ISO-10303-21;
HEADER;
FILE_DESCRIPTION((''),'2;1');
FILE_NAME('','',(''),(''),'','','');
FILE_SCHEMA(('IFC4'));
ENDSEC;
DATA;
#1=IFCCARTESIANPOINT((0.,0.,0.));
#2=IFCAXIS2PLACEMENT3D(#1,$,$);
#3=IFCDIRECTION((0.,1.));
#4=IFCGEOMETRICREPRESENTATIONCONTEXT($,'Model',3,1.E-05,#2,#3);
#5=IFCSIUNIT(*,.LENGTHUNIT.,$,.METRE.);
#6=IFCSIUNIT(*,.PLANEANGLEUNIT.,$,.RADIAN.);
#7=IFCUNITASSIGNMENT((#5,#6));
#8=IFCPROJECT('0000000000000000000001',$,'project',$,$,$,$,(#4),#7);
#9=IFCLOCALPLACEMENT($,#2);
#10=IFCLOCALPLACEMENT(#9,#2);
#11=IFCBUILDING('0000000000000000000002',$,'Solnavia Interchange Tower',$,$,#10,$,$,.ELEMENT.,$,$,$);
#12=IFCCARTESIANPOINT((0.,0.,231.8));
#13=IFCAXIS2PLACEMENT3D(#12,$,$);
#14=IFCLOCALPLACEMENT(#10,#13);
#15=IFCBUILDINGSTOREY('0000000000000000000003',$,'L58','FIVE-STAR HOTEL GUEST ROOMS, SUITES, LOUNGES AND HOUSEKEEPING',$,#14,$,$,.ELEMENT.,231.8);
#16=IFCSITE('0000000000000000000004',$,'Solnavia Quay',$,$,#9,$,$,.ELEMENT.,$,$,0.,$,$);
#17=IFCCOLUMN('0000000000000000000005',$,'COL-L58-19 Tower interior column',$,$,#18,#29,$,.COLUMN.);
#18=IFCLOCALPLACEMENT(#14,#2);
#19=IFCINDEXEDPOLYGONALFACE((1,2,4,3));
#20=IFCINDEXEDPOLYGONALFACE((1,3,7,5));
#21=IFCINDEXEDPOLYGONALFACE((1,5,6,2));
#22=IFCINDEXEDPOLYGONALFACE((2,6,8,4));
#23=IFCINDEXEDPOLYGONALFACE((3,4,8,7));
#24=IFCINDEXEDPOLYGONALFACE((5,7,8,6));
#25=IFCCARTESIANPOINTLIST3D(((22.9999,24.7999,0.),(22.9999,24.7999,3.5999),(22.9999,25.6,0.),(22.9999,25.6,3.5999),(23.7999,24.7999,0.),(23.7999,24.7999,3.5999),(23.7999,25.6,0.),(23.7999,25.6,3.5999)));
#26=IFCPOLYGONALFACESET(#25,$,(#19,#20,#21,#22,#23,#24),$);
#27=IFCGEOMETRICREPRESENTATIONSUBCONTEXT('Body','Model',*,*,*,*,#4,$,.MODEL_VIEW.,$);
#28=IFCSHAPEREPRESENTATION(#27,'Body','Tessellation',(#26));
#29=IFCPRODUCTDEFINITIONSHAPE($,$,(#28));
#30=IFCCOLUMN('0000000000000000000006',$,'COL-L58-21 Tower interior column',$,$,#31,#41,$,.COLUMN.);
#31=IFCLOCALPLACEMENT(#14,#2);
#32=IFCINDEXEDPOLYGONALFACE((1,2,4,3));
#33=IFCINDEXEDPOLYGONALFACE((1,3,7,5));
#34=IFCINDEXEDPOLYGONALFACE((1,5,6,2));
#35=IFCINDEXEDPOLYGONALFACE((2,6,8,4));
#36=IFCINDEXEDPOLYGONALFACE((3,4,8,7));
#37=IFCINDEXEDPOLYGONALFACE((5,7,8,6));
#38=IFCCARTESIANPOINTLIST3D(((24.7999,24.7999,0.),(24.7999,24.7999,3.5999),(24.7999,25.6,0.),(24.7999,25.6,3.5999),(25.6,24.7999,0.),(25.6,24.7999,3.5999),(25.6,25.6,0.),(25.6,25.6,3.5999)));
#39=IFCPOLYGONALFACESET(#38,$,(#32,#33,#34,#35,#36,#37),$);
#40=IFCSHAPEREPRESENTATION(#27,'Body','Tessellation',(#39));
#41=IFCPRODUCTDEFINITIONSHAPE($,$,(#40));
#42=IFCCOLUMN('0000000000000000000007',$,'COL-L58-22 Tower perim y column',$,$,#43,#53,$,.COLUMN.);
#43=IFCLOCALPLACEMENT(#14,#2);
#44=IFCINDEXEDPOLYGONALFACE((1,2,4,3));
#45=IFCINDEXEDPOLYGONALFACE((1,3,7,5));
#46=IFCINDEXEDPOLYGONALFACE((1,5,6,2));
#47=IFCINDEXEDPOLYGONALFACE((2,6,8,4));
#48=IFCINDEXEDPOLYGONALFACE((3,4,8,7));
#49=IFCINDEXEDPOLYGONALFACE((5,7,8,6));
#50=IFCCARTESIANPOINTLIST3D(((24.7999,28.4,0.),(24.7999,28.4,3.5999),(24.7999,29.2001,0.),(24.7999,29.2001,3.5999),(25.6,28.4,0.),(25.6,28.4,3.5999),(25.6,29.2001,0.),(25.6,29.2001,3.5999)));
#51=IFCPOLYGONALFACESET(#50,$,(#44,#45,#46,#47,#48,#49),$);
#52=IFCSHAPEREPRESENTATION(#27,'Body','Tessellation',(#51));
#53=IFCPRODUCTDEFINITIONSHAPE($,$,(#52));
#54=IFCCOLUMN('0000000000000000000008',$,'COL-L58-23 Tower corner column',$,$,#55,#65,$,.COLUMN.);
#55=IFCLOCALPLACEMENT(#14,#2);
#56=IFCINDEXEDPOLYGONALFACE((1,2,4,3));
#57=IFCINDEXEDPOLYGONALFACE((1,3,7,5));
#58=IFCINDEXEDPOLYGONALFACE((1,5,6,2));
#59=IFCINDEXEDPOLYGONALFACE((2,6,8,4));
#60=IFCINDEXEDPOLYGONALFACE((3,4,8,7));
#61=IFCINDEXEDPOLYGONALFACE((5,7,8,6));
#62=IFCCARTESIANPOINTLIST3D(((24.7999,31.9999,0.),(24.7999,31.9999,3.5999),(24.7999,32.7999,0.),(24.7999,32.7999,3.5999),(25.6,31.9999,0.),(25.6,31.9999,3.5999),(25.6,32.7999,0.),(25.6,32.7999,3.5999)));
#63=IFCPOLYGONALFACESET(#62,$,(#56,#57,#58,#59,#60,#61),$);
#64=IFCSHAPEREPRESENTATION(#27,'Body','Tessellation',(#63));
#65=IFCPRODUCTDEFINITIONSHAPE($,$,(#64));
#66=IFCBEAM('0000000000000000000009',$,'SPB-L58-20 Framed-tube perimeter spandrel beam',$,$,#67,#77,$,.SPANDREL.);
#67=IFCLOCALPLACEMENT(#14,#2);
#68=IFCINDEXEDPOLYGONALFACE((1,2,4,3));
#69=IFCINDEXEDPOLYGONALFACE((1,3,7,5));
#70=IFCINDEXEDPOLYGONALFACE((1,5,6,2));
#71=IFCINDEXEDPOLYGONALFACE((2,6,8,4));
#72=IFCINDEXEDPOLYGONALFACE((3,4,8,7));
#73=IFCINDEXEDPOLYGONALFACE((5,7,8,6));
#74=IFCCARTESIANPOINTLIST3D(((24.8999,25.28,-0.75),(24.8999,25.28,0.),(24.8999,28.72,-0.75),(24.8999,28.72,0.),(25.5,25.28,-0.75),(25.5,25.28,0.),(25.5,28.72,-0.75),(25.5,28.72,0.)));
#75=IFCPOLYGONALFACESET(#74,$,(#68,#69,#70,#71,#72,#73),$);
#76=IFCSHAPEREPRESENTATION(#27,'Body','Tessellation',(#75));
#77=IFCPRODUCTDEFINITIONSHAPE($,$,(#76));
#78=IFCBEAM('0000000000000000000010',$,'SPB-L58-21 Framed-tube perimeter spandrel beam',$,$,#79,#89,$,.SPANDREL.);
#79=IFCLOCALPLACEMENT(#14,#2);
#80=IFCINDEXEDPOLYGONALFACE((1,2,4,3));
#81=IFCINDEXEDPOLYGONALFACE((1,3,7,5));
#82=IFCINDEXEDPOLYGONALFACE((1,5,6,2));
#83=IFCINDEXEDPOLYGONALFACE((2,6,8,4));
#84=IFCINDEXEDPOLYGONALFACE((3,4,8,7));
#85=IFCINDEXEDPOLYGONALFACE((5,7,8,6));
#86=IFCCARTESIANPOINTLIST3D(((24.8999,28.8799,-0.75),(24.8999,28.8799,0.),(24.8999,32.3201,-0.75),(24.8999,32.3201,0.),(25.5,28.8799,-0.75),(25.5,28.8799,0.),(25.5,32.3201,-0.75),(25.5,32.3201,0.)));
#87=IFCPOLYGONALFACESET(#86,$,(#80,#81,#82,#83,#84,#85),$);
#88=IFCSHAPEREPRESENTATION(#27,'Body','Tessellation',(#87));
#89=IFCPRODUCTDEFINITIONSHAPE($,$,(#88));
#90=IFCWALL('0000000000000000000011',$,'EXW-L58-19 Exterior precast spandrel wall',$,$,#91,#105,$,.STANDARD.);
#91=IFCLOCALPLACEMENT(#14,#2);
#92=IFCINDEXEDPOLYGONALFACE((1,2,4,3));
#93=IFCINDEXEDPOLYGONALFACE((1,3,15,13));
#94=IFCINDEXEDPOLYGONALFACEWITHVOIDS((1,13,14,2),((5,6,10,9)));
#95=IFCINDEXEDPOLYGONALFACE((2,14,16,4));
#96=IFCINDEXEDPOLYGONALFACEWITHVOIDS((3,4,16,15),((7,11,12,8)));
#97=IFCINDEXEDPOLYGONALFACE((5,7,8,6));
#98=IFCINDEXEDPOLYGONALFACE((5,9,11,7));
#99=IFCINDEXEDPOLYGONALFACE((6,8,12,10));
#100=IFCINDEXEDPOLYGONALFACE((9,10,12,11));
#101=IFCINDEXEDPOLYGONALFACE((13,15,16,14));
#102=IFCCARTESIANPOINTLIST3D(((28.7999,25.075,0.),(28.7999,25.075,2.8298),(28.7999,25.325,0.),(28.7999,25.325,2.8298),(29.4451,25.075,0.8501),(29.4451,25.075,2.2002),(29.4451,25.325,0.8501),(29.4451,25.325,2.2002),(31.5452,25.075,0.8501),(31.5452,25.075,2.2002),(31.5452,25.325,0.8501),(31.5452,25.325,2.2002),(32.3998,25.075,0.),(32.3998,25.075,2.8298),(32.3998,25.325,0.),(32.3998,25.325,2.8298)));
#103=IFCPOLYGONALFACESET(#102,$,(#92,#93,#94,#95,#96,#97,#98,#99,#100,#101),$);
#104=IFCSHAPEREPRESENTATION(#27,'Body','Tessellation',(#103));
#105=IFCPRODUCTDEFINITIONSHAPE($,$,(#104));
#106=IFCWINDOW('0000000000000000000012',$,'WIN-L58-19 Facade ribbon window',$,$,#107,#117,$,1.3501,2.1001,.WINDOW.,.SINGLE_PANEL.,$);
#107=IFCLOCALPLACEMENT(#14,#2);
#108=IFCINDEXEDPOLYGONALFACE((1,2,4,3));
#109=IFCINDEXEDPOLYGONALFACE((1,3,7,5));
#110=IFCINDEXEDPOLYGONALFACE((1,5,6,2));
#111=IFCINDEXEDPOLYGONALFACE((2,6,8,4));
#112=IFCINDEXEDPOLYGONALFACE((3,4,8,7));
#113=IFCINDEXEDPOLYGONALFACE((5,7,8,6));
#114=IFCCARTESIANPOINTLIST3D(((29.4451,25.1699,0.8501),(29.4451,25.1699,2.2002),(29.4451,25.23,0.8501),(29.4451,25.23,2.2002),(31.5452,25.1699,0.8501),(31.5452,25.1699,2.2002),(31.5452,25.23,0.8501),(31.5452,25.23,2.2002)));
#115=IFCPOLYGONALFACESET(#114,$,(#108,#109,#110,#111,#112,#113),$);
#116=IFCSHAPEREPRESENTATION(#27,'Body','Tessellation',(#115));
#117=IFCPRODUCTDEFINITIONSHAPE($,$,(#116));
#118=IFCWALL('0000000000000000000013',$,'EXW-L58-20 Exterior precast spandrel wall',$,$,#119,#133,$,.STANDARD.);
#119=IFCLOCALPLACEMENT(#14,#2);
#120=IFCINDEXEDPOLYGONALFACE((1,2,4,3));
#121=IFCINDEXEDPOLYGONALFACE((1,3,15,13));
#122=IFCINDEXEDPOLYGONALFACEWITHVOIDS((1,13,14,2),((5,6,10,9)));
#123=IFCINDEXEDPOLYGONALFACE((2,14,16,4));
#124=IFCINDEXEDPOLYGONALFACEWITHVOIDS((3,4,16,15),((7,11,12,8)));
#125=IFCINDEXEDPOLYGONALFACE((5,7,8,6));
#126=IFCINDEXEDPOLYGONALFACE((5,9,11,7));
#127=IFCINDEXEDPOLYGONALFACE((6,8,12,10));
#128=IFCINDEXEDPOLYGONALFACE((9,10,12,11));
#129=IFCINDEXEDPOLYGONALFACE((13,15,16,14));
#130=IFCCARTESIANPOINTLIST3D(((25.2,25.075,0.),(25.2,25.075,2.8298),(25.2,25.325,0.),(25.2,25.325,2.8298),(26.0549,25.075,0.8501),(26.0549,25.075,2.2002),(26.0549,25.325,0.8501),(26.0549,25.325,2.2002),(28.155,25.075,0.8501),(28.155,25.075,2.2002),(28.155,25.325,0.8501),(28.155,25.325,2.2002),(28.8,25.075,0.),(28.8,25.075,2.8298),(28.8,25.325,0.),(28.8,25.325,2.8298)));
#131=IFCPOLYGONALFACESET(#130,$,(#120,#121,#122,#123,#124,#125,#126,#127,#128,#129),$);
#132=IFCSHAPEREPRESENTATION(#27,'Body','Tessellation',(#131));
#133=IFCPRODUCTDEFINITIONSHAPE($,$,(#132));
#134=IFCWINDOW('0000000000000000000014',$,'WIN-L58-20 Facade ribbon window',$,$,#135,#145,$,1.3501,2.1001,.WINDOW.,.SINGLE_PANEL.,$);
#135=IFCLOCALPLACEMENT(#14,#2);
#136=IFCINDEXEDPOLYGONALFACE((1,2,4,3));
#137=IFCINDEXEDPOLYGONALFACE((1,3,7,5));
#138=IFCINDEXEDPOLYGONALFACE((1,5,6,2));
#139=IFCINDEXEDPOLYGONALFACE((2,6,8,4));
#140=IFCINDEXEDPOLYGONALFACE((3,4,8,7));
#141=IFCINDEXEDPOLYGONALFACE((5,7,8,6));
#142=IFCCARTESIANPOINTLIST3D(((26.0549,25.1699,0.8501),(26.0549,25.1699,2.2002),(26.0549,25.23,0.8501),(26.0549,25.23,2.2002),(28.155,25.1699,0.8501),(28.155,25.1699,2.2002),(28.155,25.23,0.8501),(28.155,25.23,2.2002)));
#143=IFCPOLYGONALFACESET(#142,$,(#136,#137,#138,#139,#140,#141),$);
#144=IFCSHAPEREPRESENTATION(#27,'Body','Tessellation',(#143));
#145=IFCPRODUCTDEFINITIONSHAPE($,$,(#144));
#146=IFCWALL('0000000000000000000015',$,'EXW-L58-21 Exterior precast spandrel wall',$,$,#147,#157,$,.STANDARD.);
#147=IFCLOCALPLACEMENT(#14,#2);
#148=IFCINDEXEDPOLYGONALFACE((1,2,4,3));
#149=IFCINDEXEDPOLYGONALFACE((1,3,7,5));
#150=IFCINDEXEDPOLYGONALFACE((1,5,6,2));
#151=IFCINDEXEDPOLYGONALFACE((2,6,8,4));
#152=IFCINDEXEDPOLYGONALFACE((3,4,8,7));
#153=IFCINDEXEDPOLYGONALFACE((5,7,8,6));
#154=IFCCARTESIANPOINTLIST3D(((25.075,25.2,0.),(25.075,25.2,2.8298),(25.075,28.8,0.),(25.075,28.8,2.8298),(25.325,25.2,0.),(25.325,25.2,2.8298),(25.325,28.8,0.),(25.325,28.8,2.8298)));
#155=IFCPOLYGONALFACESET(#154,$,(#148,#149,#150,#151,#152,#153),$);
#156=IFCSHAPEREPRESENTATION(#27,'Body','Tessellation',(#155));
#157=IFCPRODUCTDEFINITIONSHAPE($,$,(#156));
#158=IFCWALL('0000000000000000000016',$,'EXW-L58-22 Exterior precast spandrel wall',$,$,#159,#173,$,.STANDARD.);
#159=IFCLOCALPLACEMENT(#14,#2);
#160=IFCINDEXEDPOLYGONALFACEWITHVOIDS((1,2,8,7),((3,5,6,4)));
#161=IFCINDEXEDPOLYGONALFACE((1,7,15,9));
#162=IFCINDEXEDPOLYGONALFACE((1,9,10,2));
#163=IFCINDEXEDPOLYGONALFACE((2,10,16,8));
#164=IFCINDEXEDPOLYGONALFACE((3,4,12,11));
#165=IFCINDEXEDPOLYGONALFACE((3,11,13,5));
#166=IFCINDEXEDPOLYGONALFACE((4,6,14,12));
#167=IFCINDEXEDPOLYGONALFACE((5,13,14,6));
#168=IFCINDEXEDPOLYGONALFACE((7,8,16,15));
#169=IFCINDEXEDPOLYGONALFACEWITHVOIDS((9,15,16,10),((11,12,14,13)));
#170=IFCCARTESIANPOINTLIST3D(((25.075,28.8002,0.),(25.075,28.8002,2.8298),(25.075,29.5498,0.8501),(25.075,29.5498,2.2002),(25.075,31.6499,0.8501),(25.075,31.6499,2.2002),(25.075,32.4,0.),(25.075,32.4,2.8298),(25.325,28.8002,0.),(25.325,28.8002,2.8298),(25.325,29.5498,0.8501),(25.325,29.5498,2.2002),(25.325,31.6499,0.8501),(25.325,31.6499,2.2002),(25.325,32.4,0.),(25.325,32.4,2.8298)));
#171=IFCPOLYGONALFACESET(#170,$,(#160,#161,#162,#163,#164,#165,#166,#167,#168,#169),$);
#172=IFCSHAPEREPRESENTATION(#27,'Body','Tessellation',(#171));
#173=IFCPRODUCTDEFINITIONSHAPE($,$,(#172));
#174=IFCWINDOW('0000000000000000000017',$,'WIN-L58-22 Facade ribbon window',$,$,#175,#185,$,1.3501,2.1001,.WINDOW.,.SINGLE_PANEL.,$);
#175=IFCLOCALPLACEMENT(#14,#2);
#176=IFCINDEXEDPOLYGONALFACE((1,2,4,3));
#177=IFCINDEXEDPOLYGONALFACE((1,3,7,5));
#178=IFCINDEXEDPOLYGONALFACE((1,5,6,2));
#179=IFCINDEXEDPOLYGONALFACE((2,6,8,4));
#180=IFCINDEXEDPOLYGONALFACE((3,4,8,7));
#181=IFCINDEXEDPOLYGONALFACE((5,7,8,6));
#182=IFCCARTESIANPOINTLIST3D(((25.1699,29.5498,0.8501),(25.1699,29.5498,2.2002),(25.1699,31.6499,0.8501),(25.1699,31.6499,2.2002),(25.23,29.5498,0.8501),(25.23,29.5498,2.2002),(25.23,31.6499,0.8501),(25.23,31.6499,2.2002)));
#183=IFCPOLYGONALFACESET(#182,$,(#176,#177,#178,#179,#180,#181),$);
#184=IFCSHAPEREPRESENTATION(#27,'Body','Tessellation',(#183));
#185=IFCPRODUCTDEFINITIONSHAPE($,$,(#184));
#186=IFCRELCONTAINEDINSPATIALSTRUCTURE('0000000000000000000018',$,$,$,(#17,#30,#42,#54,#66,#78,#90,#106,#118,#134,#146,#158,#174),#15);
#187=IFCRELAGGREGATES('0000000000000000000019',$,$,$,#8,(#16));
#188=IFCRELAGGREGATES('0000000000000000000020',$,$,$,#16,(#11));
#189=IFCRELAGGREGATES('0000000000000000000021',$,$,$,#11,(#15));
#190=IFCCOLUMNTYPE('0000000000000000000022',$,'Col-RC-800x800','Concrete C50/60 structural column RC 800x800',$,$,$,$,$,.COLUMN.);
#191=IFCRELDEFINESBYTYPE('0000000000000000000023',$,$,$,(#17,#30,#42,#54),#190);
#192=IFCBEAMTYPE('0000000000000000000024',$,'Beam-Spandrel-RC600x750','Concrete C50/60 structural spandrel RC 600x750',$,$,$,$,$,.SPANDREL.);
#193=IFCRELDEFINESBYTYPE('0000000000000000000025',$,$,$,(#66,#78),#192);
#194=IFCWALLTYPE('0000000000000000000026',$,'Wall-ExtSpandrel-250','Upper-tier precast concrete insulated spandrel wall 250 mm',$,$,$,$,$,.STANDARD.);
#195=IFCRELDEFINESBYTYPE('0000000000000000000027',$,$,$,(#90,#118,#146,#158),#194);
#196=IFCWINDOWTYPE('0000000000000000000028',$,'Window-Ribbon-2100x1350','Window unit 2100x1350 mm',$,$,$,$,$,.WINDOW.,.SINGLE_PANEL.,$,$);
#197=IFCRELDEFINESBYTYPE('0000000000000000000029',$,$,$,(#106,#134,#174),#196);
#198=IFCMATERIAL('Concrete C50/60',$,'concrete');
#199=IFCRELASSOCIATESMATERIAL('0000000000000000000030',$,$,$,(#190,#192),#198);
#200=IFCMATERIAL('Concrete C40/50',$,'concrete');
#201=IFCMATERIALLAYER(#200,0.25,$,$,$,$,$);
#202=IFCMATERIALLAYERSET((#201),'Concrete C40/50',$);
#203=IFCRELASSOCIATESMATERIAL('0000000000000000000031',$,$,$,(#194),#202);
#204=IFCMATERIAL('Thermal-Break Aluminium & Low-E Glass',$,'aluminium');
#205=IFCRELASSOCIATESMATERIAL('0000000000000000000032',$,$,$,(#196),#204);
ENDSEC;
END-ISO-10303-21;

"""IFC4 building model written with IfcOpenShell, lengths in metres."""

from ifc_helpers import new_model, si_unit, direction, frame, frame_2d, origin, origin_2d, place, context, subcontext, project, spatial, rectangle, extrude, material, layer, layer_set, material_profile, profile_set, type_object, element, fill, save


model = new_model("IFC4")

# Units and contexts
model_context = context("Model", 3, precision=1e-05, world=origin(), true_north=direction((0.0, 1.0)))
body_context = subcontext(model_context, "Body", "Model", "MODEL_VIEW")
ifc_project = project(units=[si_unit("LENGTHUNIT", "METRE"), si_unit("PLANEANGLEUNIT", "RADIAN")], contexts=[model_context])

# Site, building, storey
site_placement = place(None, origin())
site = spatial("IfcSite", under=ifc_project, at=site_placement, Name="Solnavia Quay", CompositionType="ELEMENT", RefElevation=0.0)
building_placement = place(site_placement, origin())
building = spatial("IfcBuilding", under=site, at=building_placement, Name="Solnavia Interchange Tower", CompositionType="ELEMENT")
storey_placement = place(building_placement, frame((0.0, 0.0, 231.8)))
storey = spatial("IfcBuildingStorey", under=building, at=storey_placement, Name="L58", Description="FIVE-STAR HOTEL GUEST ROOMS, SUITES, LOUNGES AND HOUSEKEEPING", CompositionType="ELEMENT", Elevation=231.8)

# Columns
ifc_material_1 = material(Name="Concrete C50/60", Category="concrete")
ifc_material_profile_1 = material_profile(ifc_material_1, rectangle(XDim=0.8, YDim=0.8, at=origin_2d()), Name="RC 800x800")
ifc_profile_set_1 = profile_set([ifc_material_profile_1], Name="Concrete C50/60")
column_type = type_object("IfcColumnType", Name="Col-RC-800x800", Description="Concrete C50/60 structural column RC 800x800", PredefinedType="COLUMN", material=ifc_profile_set_1)
for number, where, z_axis, x_axis, name in (
    (1, (23.3999, 25.2, 0.0), (0.0, 0.0, 1.0), (1.0, 0.0, 0.0), "COL-L58-19 Tower interior column"),
    (2, (25.2, 25.2, 0.0), (0.0, 0.0, 1.0), (1.0, 0.0, 0.0), "COL-L58-21 Tower interior column"),
    (3, (25.2, 28.8, 0.0), (0.0, 0.0, 1.0), (0.0, 1.0, 0.0), "COL-L58-22 Tower perim y column"),
    (4, (25.2, 32.3999, 0.0), (0.0, 0.0, 1.0), (0.0, 1.0, 0.0), "COL-L58-23 Tower corner column"),
):
    element("IfcColumn", number, at=place(storey_placement, frame(where, z_axis=z_axis, x_axis=x_axis)), inside=storey, type_object=column_type, Name=name, PredefinedType="COLUMN", context=body_context, shape_type="SweptSolid", body=[
        extrude(rectangle(XDim=0.8, YDim=0.8, at=origin_2d()), origin(), (0.0, 0.0, 1.0), 3.5999),
    ])

# Beams
ifc_material_profile_2 = material_profile(ifc_material_1, rectangle(XDim=0.6001, YDim=0.75, at=origin_2d()), Name="RC 600x750")
ifc_profile_set_2 = profile_set([ifc_material_profile_2], Name="Concrete C50/60")
beam_type = type_object("IfcBeamType", Name="Beam-Spandrel-RC600x750", Description="Concrete C50/60 structural spandrel RC 600x750", PredefinedType="SPANDREL", material=ifc_profile_set_2)
beam_1_placement = place(storey_placement, frame((25.2, 25.28, -0.375), z_axis=(0.0, 1.0, 0.0), x_axis=(-1.0, 0.0, 0.0)))
element("IfcBeam", 5, at=beam_1_placement, inside=storey, type_object=beam_type, Name="SPB-L58-20 Framed-tube perimeter spandrel beam", PredefinedType="SPANDREL", context=body_context, shape_type="SweptSolid", body=[
    extrude(rectangle(XDim=0.6001, YDim=0.75, at=origin_2d()), origin(), (0.0, 0.0, 1.0), 3.4399),
])
beam_2_placement = place(storey_placement, frame((25.2, 28.8799, -0.375), z_axis=(0.0, 1.0, 0.0), x_axis=(-1.0, 0.0, 0.0)))
element("IfcBeam", 6, at=beam_2_placement, inside=storey, type_object=beam_type, Name="SPB-L58-21 Framed-tube perimeter spandrel beam", PredefinedType="SPANDREL", context=body_context, shape_type="SweptSolid", body=[
    extrude(rectangle(XDim=0.6001, YDim=0.75, at=origin_2d()), origin(), (0.0, 0.0, 1.0), 3.4402),
])

# Walls, openings, windows
ifc_material_2 = material(Name="Concrete C40/50", Category="concrete")
ifc_layer_1 = layer(ifc_material_2, 0.25)
ifc_layer_set_1 = layer_set([ifc_layer_1], Name="Concrete C40/50")
wall_type_1 = type_object("IfcWallType", Name="Wall-ExtSpandrel-250", Description="Upper-tier precast concrete insulated spandrel wall 250 mm", PredefinedType="STANDARD", material=ifc_layer_set_1)
wall_1_placement = place(storey_placement, frame((28.8, 25.2, 0.0), z_axis=(0.0, 0.0, 1.0), x_axis=(1.0, 0.0, 0.0)))
wall_1 = element("IfcWall", 7, at=wall_1_placement, inside=storey, type_object=wall_type_1, Name="EXW-L58-19 Exterior precast spandrel wall", PredefinedType="STANDARD", context=body_context, shape_type="SweptSolid", body=[
    extrude(rectangle(XDim=3.5999, YDim=0.25, at=frame_2d((1.7998, 0.0))), origin(), (0.0, 0.0, 1.0), 2.8298),
])
opening_1_placement = place(wall_1_placement, frame((0.645, 0.0, 0.8501)))
opening_1 = element("IfcOpeningElement", 8, at=opening_1_placement, cuts=wall_1, PredefinedType="OPENING", context=body_context, shape_type="SweptSolid", body=[
    extrude(rectangle(XDim=2.1001, YDim=1.3501, at=frame_2d((1.05, 0.675))), frame((0.0, 0.135, 0.0), z_axis=(0.0, -1.0, 0.0), x_axis=(1.0, 0.0, 0.0)), (0.0, 0.0, 1.0), 0.27),
])
ifc_material_3 = material(Name="Thermal-Break Aluminium & Low-E Glass", Category="aluminium")
window_type = type_object("IfcWindowType", Name="Window-Ribbon-2100x1350", Description="Window unit 2100x1350 mm", PartitioningType="SINGLE_PANEL", PredefinedType="WINDOW", material=ifc_material_3)
window_1_placement = place(opening_1_placement, origin())
window_1 = element("IfcWindow", 9, at=window_1_placement, inside=storey, type_object=window_type, Name="WIN-L58-19 Facade ribbon window", OverallHeight=1.3501, OverallWidth=2.1001, PartitioningType="SINGLE_PANEL", PredefinedType="WINDOW", context=body_context, shape_type="SweptSolid", body=[
    extrude(rectangle(XDim=2.1001, YDim=1.3501, at=frame_2d((1.05, 0.675))), frame((0.0, 0.03, 0.0), z_axis=(0.0, -1.0, 0.0), x_axis=(1.0, 0.0, 0.0)), (0.0, 0.0, 1.0), 0.0601),
])
fill(opening_1, window_1)
wall_2_placement = place(storey_placement, frame((25.2, 25.2, 0.0), z_axis=(0.0, 0.0, 1.0), x_axis=(1.0, 0.0, 0.0)))
wall_2 = element("IfcWall", 10, at=wall_2_placement, inside=storey, type_object=wall_type_1, Name="EXW-L58-20 Exterior precast spandrel wall", PredefinedType="STANDARD", context=body_context, shape_type="SweptSolid", body=[
    extrude(rectangle(XDim=3.6001, YDim=0.25, at=frame_2d((1.8, 0.0))), origin(), (0.0, 0.0, 1.0), 2.8298),
])
opening_2_placement = place(wall_2_placement, frame((0.855, 0.0, 0.8501)))
opening_2 = element("IfcOpeningElement", 11, at=opening_2_placement, cuts=wall_2, PredefinedType="OPENING", context=body_context, shape_type="SweptSolid", body=[
    extrude(rectangle(XDim=2.1001, YDim=1.3501, at=frame_2d((1.05, 0.675))), frame((0.0, 0.135, 0.0), z_axis=(0.0, -1.0, 0.0), x_axis=(1.0, 0.0, 0.0)), (0.0, 0.0, 1.0), 0.27),
])
window_2_placement = place(opening_2_placement, origin())
window_2 = element("IfcWindow", 12, at=window_2_placement, inside=storey, type_object=window_type, Name="WIN-L58-20 Facade ribbon window", OverallHeight=1.3501, OverallWidth=2.1001, PartitioningType="SINGLE_PANEL", PredefinedType="WINDOW", context=body_context, shape_type="SweptSolid", body=[
    extrude(rectangle(XDim=2.1001, YDim=1.3501, at=frame_2d((1.05, 0.675))), frame((0.0, 0.03, 0.0), z_axis=(0.0, -1.0, 0.0), x_axis=(1.0, 0.0, 0.0)), (0.0, 0.0, 1.0), 0.0601),
])
fill(opening_2, window_2)

# Wall
wall_3_placement = place(storey_placement, frame((25.2, 28.8, 0.0), z_axis=(0.0, 0.0, 1.0), x_axis=(0.0, -1.0, 0.0)))
element("IfcWall", 13, at=wall_3_placement, inside=storey, type_object=wall_type_1, Name="EXW-L58-21 Exterior precast spandrel wall", PredefinedType="STANDARD", context=body_context, shape_type="SweptSolid", body=[
    extrude(rectangle(XDim=3.6001, YDim=0.25, at=frame_2d((1.8, 0.0))), origin(), (0.0, 0.0, 1.0), 2.8298),
])

# Wall, opening, window
wall_4_placement = place(storey_placement, frame((25.2, 32.3999, 0.0), z_axis=(0.0, 0.0, 1.0), x_axis=(0.0, -1.0, 0.0)))
wall_4 = element("IfcWall", 14, at=wall_4_placement, inside=storey, type_object=wall_type_1, Name="EXW-L58-22 Exterior precast spandrel wall", PredefinedType="STANDARD", context=body_context, shape_type="SweptSolid", body=[
    extrude(rectangle(XDim=3.5999, YDim=0.25, at=frame_2d((1.7998, 0.0))), origin(), (0.0, 0.0, 1.0), 2.8298),
])
opening_3_placement = place(wall_4_placement, frame((0.75, 0.0, 0.8501)))
opening_3 = element("IfcOpeningElement", 15, at=opening_3_placement, cuts=wall_4, PredefinedType="OPENING", context=body_context, shape_type="SweptSolid", body=[
    extrude(rectangle(XDim=2.1001, YDim=1.3501, at=frame_2d((1.05, 0.675))), frame((0.0, 0.135, 0.0), z_axis=(0.0, -1.0, 0.0), x_axis=(1.0, 0.0, 0.0)), (0.0, 0.0, 1.0), 0.27),
])
window_3_placement = place(opening_3_placement, origin())
window_3 = element("IfcWindow", 16, at=window_3_placement, inside=storey, type_object=window_type, Name="WIN-L58-22 Facade ribbon window", OverallHeight=1.3501, OverallWidth=2.1001, PartitioningType="SINGLE_PANEL", PredefinedType="WINDOW", context=body_context, shape_type="SweptSolid", body=[
    extrude(rectangle(XDim=2.1001, YDim=1.3501, at=frame_2d((1.05, 0.675))), frame((0.0, 0.03, 0.0), z_axis=(0.0, -1.0, 0.0), x_axis=(1.0, 0.0, 0.0)), (0.0, 0.0, 1.0), 0.0601),
])
fill(opening_3, window_3)

save(model, "model.ifc")
